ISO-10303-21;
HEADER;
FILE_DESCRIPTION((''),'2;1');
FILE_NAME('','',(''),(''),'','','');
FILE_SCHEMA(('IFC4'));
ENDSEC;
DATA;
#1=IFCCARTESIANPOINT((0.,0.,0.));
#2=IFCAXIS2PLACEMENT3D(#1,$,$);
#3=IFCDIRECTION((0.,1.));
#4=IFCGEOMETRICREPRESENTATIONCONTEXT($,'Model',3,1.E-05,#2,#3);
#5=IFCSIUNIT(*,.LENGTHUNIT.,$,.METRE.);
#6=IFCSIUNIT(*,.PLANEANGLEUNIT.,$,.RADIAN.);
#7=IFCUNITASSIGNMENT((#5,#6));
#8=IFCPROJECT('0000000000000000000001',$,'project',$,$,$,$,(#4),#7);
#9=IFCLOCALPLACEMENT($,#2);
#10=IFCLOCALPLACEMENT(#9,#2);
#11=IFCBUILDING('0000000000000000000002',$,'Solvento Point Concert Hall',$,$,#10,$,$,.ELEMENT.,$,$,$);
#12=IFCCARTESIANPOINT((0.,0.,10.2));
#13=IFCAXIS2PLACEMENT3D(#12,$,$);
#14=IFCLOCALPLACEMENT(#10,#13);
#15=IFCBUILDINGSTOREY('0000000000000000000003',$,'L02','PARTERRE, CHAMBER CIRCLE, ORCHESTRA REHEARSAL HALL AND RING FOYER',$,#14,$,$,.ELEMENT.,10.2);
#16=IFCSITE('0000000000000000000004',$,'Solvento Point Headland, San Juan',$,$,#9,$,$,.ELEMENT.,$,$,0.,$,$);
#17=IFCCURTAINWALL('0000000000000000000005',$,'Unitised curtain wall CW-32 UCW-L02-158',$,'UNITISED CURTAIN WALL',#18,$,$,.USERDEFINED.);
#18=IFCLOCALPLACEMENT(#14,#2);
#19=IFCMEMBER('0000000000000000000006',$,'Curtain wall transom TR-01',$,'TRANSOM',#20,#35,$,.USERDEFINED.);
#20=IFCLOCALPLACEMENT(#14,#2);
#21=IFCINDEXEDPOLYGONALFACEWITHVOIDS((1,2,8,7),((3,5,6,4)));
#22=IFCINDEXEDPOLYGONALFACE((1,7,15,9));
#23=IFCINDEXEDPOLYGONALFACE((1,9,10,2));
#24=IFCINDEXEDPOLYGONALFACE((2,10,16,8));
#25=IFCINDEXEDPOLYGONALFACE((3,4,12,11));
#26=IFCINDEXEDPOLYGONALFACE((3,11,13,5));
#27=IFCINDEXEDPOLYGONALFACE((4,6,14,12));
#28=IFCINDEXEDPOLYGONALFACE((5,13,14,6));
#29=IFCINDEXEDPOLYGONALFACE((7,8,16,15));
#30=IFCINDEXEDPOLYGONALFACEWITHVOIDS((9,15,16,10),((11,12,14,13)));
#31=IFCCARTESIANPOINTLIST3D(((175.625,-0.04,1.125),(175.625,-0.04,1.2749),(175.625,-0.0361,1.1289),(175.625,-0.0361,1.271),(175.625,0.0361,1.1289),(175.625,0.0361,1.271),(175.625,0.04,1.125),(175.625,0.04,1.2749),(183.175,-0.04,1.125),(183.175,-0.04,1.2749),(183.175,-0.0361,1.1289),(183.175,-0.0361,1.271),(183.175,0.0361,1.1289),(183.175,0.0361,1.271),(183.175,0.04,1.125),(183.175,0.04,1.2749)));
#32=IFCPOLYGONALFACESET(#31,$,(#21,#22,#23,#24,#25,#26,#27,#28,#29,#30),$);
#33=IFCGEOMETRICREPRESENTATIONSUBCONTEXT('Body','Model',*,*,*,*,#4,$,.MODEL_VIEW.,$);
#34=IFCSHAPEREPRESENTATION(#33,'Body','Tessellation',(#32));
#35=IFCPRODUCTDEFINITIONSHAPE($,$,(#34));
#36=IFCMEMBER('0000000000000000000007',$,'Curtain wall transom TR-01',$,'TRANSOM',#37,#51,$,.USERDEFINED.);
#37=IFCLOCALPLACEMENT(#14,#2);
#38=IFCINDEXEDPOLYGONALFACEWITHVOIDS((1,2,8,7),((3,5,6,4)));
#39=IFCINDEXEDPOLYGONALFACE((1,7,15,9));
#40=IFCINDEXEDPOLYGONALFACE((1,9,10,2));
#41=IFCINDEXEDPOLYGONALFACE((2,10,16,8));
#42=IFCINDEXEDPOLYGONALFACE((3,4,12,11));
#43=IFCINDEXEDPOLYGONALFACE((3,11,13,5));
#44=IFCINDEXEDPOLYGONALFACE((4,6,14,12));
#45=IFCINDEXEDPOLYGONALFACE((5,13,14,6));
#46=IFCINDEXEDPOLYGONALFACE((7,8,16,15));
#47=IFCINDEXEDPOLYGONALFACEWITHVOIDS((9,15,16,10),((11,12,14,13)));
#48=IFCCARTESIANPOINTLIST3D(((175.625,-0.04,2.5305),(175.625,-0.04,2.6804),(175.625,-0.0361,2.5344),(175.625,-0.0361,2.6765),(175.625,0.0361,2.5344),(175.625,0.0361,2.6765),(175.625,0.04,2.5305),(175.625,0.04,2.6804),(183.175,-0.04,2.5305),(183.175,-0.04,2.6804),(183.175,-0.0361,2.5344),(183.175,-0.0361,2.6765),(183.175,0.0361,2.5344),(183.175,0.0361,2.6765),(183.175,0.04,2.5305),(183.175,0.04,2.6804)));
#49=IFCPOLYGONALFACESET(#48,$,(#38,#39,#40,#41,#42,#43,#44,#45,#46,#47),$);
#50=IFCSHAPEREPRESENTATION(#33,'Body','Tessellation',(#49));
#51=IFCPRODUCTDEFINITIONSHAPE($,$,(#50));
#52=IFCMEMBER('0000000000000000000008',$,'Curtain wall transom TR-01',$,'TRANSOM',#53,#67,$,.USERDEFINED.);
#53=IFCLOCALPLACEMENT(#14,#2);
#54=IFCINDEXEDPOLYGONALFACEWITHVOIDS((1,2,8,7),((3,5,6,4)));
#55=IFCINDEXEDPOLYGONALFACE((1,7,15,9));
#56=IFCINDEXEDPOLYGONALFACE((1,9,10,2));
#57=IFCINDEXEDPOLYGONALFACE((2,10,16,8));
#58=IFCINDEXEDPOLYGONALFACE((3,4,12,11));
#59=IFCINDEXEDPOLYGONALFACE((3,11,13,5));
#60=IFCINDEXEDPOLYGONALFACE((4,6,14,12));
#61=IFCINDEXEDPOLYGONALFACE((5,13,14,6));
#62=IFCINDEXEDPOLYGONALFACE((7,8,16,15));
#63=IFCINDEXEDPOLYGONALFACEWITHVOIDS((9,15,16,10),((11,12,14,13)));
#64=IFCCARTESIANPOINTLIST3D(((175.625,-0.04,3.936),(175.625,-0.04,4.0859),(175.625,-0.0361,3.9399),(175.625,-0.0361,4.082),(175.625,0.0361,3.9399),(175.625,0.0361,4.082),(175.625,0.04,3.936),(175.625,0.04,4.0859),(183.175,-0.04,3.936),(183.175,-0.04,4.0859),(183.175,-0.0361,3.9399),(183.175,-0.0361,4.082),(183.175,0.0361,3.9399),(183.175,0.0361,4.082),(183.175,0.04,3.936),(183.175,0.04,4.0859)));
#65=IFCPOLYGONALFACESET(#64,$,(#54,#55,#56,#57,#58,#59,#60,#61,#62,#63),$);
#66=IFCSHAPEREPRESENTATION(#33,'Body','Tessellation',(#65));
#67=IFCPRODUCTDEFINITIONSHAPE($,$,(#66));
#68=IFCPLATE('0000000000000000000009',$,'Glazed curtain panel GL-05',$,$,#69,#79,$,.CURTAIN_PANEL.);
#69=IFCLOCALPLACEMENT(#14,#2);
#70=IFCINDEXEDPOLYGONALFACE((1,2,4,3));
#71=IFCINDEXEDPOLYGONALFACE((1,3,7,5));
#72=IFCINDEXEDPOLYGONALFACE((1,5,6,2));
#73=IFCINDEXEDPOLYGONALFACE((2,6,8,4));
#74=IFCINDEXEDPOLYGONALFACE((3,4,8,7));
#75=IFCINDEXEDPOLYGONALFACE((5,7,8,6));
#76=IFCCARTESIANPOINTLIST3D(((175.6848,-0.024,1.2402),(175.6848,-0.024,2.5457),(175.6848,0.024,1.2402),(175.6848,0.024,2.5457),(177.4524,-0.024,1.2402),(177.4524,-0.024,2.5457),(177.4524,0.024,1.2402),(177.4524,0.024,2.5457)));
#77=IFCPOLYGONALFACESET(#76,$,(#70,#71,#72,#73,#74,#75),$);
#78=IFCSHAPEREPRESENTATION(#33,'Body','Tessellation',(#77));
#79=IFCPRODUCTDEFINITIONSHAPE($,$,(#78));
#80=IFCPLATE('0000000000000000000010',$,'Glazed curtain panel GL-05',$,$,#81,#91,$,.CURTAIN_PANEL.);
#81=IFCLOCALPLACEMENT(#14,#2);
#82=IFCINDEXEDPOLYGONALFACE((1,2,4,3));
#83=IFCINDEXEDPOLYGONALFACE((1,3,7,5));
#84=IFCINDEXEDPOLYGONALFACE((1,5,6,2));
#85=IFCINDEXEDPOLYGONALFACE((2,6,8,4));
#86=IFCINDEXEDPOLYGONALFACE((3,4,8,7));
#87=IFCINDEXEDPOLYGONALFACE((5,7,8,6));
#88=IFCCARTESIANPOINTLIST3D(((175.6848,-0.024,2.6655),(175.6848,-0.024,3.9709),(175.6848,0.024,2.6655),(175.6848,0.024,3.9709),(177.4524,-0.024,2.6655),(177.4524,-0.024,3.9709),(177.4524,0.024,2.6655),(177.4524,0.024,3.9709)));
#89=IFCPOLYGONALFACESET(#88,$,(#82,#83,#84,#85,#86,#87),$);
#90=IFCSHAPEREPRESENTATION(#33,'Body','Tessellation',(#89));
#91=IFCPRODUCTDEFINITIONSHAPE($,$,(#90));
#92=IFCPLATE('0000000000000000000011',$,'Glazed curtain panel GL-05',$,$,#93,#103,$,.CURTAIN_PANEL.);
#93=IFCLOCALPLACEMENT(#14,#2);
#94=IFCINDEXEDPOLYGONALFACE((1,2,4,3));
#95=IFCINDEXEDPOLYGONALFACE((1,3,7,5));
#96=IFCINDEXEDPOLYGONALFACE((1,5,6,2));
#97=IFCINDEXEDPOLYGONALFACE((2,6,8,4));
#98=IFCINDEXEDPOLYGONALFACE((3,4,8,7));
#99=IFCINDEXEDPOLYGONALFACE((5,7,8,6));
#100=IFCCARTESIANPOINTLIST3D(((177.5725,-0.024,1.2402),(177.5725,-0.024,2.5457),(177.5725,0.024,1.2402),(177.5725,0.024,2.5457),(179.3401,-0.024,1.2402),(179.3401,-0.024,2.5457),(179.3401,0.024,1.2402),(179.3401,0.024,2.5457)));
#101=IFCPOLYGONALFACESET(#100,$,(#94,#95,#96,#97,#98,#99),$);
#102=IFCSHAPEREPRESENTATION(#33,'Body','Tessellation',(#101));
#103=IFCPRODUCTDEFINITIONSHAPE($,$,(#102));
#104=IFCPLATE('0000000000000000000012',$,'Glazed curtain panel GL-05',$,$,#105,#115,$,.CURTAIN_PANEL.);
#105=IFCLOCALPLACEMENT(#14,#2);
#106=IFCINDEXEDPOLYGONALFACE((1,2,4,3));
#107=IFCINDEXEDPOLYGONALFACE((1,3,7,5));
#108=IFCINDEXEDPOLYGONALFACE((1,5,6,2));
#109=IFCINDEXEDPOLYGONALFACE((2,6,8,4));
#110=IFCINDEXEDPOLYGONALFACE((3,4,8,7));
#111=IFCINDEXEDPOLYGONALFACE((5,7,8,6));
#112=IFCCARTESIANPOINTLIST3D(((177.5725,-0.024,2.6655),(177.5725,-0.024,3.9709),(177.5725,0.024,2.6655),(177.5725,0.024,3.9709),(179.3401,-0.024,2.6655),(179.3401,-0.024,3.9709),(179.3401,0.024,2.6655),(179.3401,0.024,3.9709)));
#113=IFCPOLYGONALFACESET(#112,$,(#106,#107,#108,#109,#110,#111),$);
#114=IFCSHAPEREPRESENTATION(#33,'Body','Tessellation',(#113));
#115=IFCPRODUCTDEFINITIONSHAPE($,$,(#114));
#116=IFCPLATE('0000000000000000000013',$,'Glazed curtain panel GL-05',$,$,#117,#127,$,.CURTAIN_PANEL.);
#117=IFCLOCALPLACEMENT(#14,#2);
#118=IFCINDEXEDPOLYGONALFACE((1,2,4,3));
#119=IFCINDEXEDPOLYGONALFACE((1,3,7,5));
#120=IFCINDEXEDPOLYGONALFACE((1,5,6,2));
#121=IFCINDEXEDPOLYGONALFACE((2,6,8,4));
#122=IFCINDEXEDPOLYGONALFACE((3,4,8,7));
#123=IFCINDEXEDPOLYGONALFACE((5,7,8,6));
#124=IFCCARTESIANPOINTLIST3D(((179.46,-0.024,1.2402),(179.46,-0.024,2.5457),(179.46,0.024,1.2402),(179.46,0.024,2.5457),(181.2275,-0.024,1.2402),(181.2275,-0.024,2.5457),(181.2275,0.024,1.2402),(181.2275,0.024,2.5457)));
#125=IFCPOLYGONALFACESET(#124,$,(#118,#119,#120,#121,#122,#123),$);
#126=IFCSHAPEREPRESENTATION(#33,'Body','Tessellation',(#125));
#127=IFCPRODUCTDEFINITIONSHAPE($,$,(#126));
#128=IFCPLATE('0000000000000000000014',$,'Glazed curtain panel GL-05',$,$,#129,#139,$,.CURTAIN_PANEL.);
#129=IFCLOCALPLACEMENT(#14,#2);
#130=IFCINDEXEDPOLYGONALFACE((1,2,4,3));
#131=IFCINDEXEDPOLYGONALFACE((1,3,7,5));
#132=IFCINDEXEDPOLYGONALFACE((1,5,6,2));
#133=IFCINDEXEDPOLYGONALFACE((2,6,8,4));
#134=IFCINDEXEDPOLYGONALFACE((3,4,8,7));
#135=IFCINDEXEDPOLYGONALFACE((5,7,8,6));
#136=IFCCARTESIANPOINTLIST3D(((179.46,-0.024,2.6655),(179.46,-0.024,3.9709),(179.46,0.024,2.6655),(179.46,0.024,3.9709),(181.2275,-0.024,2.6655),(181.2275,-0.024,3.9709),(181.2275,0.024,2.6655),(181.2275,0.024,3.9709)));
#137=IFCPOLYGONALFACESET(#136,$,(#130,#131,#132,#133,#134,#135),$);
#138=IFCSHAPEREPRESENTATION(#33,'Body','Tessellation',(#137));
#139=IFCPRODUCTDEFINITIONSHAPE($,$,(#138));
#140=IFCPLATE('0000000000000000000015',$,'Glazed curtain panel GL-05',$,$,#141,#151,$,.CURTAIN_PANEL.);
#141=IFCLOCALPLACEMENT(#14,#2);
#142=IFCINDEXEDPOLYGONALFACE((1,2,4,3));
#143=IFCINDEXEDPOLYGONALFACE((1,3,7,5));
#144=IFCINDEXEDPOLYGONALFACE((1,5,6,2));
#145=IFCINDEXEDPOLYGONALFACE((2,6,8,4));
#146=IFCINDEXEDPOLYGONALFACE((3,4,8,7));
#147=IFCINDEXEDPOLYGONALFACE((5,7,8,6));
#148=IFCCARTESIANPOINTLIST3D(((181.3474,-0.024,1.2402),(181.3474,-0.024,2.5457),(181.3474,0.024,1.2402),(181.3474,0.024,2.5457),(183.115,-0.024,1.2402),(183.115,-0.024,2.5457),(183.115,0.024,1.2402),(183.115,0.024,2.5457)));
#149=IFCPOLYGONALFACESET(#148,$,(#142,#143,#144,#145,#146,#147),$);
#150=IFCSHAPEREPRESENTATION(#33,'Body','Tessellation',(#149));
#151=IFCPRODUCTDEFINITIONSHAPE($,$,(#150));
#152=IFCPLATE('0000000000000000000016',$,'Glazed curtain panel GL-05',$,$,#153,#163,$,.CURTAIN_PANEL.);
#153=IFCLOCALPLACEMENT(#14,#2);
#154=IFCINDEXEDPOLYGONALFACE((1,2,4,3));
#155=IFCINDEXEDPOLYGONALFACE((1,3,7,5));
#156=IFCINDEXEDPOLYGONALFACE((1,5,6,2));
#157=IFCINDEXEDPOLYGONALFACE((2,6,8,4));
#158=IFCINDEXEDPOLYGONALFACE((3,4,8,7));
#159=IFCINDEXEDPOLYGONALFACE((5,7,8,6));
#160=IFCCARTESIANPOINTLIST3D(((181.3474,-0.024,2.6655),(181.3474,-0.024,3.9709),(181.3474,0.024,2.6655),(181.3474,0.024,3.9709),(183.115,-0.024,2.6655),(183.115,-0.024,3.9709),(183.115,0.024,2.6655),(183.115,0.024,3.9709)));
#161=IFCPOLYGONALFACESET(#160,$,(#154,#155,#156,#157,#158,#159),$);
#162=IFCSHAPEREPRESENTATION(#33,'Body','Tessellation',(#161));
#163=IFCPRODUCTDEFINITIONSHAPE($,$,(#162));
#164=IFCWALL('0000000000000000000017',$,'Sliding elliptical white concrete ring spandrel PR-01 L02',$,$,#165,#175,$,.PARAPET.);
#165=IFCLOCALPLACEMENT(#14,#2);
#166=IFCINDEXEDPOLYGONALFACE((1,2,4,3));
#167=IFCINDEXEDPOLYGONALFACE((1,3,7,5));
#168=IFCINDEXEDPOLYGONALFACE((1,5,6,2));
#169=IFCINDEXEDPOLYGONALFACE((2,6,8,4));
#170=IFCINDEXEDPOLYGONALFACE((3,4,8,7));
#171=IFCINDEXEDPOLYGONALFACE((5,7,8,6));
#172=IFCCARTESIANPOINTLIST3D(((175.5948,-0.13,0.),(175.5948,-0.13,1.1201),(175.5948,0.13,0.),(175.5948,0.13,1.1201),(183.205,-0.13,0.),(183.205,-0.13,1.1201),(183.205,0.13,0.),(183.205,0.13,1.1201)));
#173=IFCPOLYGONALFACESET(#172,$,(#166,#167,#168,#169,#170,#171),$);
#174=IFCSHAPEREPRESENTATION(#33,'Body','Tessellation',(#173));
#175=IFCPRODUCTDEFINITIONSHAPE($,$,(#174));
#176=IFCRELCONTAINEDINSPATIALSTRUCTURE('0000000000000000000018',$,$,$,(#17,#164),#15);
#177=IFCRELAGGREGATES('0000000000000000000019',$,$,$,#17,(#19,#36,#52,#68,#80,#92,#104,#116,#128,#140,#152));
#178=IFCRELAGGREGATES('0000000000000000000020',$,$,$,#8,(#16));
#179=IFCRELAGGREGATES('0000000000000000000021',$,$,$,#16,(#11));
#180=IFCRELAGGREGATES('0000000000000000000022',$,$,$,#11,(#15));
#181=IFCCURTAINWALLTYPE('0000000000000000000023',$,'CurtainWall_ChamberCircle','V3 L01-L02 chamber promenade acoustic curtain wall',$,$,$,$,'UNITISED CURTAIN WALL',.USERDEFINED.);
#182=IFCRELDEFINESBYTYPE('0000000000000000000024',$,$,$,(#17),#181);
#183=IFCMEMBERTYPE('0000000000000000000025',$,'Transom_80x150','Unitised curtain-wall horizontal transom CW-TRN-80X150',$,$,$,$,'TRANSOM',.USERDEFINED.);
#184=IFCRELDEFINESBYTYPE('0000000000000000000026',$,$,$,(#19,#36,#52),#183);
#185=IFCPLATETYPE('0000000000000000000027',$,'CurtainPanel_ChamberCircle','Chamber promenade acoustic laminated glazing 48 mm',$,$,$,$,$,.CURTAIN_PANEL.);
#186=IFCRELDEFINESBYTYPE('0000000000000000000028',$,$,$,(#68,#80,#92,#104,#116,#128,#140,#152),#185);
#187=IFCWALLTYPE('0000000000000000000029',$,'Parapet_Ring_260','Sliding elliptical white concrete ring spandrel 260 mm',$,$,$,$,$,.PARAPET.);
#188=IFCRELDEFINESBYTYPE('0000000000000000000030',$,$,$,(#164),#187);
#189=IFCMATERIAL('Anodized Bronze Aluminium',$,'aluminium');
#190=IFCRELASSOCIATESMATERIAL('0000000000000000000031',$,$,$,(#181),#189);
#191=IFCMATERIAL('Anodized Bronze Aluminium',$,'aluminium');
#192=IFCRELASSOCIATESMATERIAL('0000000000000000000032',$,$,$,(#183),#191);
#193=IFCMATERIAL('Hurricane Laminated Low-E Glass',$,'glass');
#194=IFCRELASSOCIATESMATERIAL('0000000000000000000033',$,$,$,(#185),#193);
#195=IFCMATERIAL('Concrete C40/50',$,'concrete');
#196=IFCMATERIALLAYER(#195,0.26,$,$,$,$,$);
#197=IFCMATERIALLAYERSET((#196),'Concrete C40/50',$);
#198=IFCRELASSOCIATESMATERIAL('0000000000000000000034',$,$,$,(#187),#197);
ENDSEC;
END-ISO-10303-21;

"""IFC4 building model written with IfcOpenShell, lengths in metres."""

from ifc_helpers import new_model, si_unit, direction, frame, frame_2d, origin, origin_2d, place, context, subcontext, project, spatial, rectangle, hollow_rectangle, extrude, material, layer, layer_set, material_profile, profile_set, type_object, element, aggregate, save


model = new_model("IFC4")

# Units and contexts
model_context = context("Model", 3, precision=1e-05, world=origin(), true_north=direction((0.0, 1.0)))
body_context = subcontext(model_context, "Body", "Model", "MODEL_VIEW")
ifc_project = project(units=[si_unit("LENGTHUNIT", "METRE"), si_unit("PLANEANGLEUNIT", "RADIAN")], contexts=[model_context])

# Site, building, storey
site_placement = place(None, origin())
site = spatial("IfcSite", under=ifc_project, at=site_placement, Name="Solvento Point Headland, San Juan", CompositionType="ELEMENT", RefElevation=0.0)
building_placement = place(site_placement, origin())
building = spatial("IfcBuilding", under=site, at=building_placement, Name="Solvento Point Concert Hall", CompositionType="ELEMENT")
storey_placement = place(building_placement, frame((0.0, 0.0, 10.2)))
storey = spatial("IfcBuildingStorey", under=building, at=storey_placement, Name="L02", Description="PARTERRE, CHAMBER CIRCLE, ORCHESTRA REHEARSAL HALL AND RING FOYER", CompositionType="ELEMENT", Elevation=10.2)

# Curtain wall
ifc_material_1 = material(Name="Anodized Bronze Aluminium", Category="aluminium")
curtain_wall_type = type_object("IfcCurtainWallType", Name="CurtainWall_ChamberCircle", Description="V3 L01-L02 chamber promenade acoustic curtain wall", ElementType="UNITISED CURTAIN WALL", PredefinedType="USERDEFINED", material=ifc_material_1)
curtain_wall_1_placement = place(storey_placement, origin())
curtain_wall_1 = element("IfcCurtainWall", 1, at=curtain_wall_1_placement, inside=storey, type_object=curtain_wall_type, Name="Unitised curtain wall CW-32 UCW-L02-158", ObjectType="UNITISED CURTAIN WALL", PredefinedType="USERDEFINED")

# Members
ifc_material_2 = material(Name="Anodized Bronze Aluminium", Category="aluminium")
ifc_material_profile_1 = material_profile(ifc_material_2, hollow_rectangle(XDim=0.0801, YDim=0.1499, WallThickness=0.0039, at=origin_2d()), Name="CW-TRN-80X150")
ifc_profile_set_1 = profile_set([ifc_material_profile_1], Name="Anodized Bronze Aluminium")
member_type_1 = type_object("IfcMemberType", Name="Transom_80x150", Description="Unitised curtain-wall horizontal transom CW-TRN-80X150", ElementType="TRANSOM", PredefinedType="USERDEFINED", material=ifc_profile_set_1)
member_1_placement = place(storey_placement, frame((175.625, 0.0, 1.2), z_axis=(1.0, 0.0, 0.0), x_axis=(0.0, 1.0, 0.0)))
member_1 = element("IfcMember", 2, at=member_1_placement, type_object=member_type_1, Name="Curtain wall transom TR-01", ObjectType="TRANSOM", PredefinedType="USERDEFINED", context=body_context, shape_type="SweptSolid", body=[
    extrude(hollow_rectangle(XDim=0.0801, YDim=0.1499, WallThickness=0.0039, at=origin_2d()), origin(), (0.0, 0.0, 1.0), 7.55),
])
member_2_placement = place(storey_placement, frame((175.625, 0.0, 2.6055), z_axis=(1.0, 0.0, 0.0), x_axis=(0.0, 1.0, 0.0)))
member_2 = element("IfcMember", 3, at=member_2_placement, type_object=member_type_1, Name="Curtain wall transom TR-01", ObjectType="TRANSOM", PredefinedType="USERDEFINED", context=body_context, shape_type="SweptSolid", body=[
    extrude(hollow_rectangle(XDim=0.0801, YDim=0.1499, WallThickness=0.0039, at=origin_2d()), origin(), (0.0, 0.0, 1.0), 7.55),
])
member_3_placement = place(storey_placement, frame((175.625, 0.0, 4.011), z_axis=(1.0, 0.0, 0.0), x_axis=(0.0, 1.0, 0.0)))
member_3 = element("IfcMember", 4, at=member_3_placement, type_object=member_type_1, Name="Curtain wall transom TR-01", ObjectType="TRANSOM", PredefinedType="USERDEFINED", context=body_context, shape_type="SweptSolid", body=[
    extrude(hollow_rectangle(XDim=0.0801, YDim=0.1499, WallThickness=0.0039, at=origin_2d()), origin(), (0.0, 0.0, 1.0), 7.55),
])

# Plates
ifc_material_3 = material(Name="Hurricane Laminated Low-E Glass", Category="glass")
plate_type = type_object("IfcPlateType", Name="CurtainPanel_ChamberCircle", Description="Chamber promenade acoustic laminated glazing 48 mm", PredefinedType="CURTAIN_PANEL", material=ifc_material_3)
plate_1_placement = place(storey_placement, frame((176.5686, 0.0, 1.2402), z_axis=(0.0, 0.0, 1.0), x_axis=(1.0, 0.0, 0.0)))
plate_1 = element("IfcPlate", 5, at=plate_1_placement, type_object=plate_type, Name="Glazed curtain panel GL-05", PredefinedType="CURTAIN_PANEL", context=body_context, shape_type="SweptSolid", body=[
    extrude(rectangle(XDim=1.7676, YDim=0.0481, at=origin_2d()), origin(), (0.0, 0.0, 1.0), 1.3054),
])
plate_2_placement = place(storey_placement, frame((176.5686, 0.0, 2.6655), z_axis=(0.0, 0.0, 1.0), x_axis=(1.0, 0.0, 0.0)))
plate_2 = element("IfcPlate", 6, at=plate_2_placement, type_object=plate_type, Name="Glazed curtain panel GL-05", PredefinedType="CURTAIN_PANEL", context=body_context, shape_type="SweptSolid", body=[
    extrude(rectangle(XDim=1.7676, YDim=0.0481, at=origin_2d()), origin(), (0.0, 0.0, 1.0), 1.3054),
])
plate_3_placement = place(storey_placement, frame((178.4563, 0.0, 1.2402), z_axis=(0.0, 0.0, 1.0), x_axis=(1.0, 0.0, 0.0)))
plate_3 = element("IfcPlate", 7, at=plate_3_placement, type_object=plate_type, Name="Glazed curtain panel GL-05", PredefinedType="CURTAIN_PANEL", context=body_context, shape_type="SweptSolid", body=[
    extrude(rectangle(XDim=1.7676, YDim=0.0481, at=origin_2d()), origin(), (0.0, 0.0, 1.0), 1.3054),
])
plate_4_placement = place(storey_placement, frame((178.4563, 0.0, 2.6655), z_axis=(0.0, 0.0, 1.0), x_axis=(1.0, 0.0, 0.0)))
plate_4 = element("IfcPlate", 8, at=plate_4_placement, type_object=plate_type, Name="Glazed curtain panel GL-05", PredefinedType="CURTAIN_PANEL", context=body_context, shape_type="SweptSolid", body=[
    extrude(rectangle(XDim=1.7676, YDim=0.0481, at=origin_2d()), origin(), (0.0, 0.0, 1.0), 1.3054),
])
plate_5_placement = place(storey_placement, frame((180.3438, 0.0, 1.2402), z_axis=(0.0, 0.0, 1.0), x_axis=(1.0, 0.0, 0.0)))
plate_5 = element("IfcPlate", 9, at=plate_5_placement, type_object=plate_type, Name="Glazed curtain panel GL-05", PredefinedType="CURTAIN_PANEL", context=body_context, shape_type="SweptSolid", body=[
    extrude(rectangle(XDim=1.7676, YDim=0.0481, at=origin_2d()), origin(), (0.0, 0.0, 1.0), 1.3054),
])
plate_6_placement = place(storey_placement, frame((180.3438, 0.0, 2.6655), z_axis=(0.0, 0.0, 1.0), x_axis=(1.0, 0.0, 0.0)))
plate_6 = element("IfcPlate", 10, at=plate_6_placement, type_object=plate_type, Name="Glazed curtain panel GL-05", PredefinedType="CURTAIN_PANEL", context=body_context, shape_type="SweptSolid", body=[
    extrude(rectangle(XDim=1.7676, YDim=0.0481, at=origin_2d()), origin(), (0.0, 0.0, 1.0), 1.3054),
])
plate_7_placement = place(storey_placement, frame((182.2312, 0.0, 1.2402), z_axis=(0.0, 0.0, 1.0), x_axis=(1.0, 0.0, 0.0)))
plate_7 = element("IfcPlate", 11, at=plate_7_placement, type_object=plate_type, Name="Glazed curtain panel GL-05", PredefinedType="CURTAIN_PANEL", context=body_context, shape_type="SweptSolid", body=[
    extrude(rectangle(XDim=1.7676, YDim=0.0481, at=origin_2d()), origin(), (0.0, 0.0, 1.0), 1.3054),
])
plate_8_placement = place(storey_placement, frame((182.2312, 0.0, 2.6655), z_axis=(0.0, 0.0, 1.0), x_axis=(1.0, 0.0, 0.0)))
plate_8 = element("IfcPlate", 12, at=plate_8_placement, type_object=plate_type, Name="Glazed curtain panel GL-05", PredefinedType="CURTAIN_PANEL", context=body_context, shape_type="SweptSolid", body=[
    extrude(rectangle(XDim=1.7676, YDim=0.0481, at=origin_2d()), origin(), (0.0, 0.0, 1.0), 1.3054),
])
aggregate(curtain_wall_1, [member_1, member_2, member_3, plate_1, plate_2, plate_3, plate_4, plate_5, plate_6, plate_7, plate_8])

# Wall
ifc_material_4 = material(Name="Concrete C40/50", Category="concrete")
ifc_layer = layer(ifc_material_4, 0.26)
ifc_layer_set = layer_set([ifc_layer], Name="Concrete C40/50")
wall_type = type_object("IfcWallType", Name="Parapet_Ring_260", Description="Sliding elliptical white concrete ring spandrel 260 mm", PredefinedType="PARAPET", material=ifc_layer_set)
wall_placement = place(storey_placement, frame((183.2051, 0.0, 0.0), z_axis=(0.0, 0.0, 1.0), x_axis=(-1.0, 0.0, 0.0)))
element("IfcWall", 13, at=wall_placement, inside=storey, type_object=wall_type, Name="Sliding elliptical white concrete ring spandrel PR-01 L02", PredefinedType="PARAPET", context=body_context, shape_type="SweptSolid", body=[
    extrude(rectangle(XDim=7.6101, YDim=0.26, at=frame_2d((3.8052, 0.0))), origin(), (0.0, 0.0, 1.0), 1.1201),
])

save(model, "model.ifc")
